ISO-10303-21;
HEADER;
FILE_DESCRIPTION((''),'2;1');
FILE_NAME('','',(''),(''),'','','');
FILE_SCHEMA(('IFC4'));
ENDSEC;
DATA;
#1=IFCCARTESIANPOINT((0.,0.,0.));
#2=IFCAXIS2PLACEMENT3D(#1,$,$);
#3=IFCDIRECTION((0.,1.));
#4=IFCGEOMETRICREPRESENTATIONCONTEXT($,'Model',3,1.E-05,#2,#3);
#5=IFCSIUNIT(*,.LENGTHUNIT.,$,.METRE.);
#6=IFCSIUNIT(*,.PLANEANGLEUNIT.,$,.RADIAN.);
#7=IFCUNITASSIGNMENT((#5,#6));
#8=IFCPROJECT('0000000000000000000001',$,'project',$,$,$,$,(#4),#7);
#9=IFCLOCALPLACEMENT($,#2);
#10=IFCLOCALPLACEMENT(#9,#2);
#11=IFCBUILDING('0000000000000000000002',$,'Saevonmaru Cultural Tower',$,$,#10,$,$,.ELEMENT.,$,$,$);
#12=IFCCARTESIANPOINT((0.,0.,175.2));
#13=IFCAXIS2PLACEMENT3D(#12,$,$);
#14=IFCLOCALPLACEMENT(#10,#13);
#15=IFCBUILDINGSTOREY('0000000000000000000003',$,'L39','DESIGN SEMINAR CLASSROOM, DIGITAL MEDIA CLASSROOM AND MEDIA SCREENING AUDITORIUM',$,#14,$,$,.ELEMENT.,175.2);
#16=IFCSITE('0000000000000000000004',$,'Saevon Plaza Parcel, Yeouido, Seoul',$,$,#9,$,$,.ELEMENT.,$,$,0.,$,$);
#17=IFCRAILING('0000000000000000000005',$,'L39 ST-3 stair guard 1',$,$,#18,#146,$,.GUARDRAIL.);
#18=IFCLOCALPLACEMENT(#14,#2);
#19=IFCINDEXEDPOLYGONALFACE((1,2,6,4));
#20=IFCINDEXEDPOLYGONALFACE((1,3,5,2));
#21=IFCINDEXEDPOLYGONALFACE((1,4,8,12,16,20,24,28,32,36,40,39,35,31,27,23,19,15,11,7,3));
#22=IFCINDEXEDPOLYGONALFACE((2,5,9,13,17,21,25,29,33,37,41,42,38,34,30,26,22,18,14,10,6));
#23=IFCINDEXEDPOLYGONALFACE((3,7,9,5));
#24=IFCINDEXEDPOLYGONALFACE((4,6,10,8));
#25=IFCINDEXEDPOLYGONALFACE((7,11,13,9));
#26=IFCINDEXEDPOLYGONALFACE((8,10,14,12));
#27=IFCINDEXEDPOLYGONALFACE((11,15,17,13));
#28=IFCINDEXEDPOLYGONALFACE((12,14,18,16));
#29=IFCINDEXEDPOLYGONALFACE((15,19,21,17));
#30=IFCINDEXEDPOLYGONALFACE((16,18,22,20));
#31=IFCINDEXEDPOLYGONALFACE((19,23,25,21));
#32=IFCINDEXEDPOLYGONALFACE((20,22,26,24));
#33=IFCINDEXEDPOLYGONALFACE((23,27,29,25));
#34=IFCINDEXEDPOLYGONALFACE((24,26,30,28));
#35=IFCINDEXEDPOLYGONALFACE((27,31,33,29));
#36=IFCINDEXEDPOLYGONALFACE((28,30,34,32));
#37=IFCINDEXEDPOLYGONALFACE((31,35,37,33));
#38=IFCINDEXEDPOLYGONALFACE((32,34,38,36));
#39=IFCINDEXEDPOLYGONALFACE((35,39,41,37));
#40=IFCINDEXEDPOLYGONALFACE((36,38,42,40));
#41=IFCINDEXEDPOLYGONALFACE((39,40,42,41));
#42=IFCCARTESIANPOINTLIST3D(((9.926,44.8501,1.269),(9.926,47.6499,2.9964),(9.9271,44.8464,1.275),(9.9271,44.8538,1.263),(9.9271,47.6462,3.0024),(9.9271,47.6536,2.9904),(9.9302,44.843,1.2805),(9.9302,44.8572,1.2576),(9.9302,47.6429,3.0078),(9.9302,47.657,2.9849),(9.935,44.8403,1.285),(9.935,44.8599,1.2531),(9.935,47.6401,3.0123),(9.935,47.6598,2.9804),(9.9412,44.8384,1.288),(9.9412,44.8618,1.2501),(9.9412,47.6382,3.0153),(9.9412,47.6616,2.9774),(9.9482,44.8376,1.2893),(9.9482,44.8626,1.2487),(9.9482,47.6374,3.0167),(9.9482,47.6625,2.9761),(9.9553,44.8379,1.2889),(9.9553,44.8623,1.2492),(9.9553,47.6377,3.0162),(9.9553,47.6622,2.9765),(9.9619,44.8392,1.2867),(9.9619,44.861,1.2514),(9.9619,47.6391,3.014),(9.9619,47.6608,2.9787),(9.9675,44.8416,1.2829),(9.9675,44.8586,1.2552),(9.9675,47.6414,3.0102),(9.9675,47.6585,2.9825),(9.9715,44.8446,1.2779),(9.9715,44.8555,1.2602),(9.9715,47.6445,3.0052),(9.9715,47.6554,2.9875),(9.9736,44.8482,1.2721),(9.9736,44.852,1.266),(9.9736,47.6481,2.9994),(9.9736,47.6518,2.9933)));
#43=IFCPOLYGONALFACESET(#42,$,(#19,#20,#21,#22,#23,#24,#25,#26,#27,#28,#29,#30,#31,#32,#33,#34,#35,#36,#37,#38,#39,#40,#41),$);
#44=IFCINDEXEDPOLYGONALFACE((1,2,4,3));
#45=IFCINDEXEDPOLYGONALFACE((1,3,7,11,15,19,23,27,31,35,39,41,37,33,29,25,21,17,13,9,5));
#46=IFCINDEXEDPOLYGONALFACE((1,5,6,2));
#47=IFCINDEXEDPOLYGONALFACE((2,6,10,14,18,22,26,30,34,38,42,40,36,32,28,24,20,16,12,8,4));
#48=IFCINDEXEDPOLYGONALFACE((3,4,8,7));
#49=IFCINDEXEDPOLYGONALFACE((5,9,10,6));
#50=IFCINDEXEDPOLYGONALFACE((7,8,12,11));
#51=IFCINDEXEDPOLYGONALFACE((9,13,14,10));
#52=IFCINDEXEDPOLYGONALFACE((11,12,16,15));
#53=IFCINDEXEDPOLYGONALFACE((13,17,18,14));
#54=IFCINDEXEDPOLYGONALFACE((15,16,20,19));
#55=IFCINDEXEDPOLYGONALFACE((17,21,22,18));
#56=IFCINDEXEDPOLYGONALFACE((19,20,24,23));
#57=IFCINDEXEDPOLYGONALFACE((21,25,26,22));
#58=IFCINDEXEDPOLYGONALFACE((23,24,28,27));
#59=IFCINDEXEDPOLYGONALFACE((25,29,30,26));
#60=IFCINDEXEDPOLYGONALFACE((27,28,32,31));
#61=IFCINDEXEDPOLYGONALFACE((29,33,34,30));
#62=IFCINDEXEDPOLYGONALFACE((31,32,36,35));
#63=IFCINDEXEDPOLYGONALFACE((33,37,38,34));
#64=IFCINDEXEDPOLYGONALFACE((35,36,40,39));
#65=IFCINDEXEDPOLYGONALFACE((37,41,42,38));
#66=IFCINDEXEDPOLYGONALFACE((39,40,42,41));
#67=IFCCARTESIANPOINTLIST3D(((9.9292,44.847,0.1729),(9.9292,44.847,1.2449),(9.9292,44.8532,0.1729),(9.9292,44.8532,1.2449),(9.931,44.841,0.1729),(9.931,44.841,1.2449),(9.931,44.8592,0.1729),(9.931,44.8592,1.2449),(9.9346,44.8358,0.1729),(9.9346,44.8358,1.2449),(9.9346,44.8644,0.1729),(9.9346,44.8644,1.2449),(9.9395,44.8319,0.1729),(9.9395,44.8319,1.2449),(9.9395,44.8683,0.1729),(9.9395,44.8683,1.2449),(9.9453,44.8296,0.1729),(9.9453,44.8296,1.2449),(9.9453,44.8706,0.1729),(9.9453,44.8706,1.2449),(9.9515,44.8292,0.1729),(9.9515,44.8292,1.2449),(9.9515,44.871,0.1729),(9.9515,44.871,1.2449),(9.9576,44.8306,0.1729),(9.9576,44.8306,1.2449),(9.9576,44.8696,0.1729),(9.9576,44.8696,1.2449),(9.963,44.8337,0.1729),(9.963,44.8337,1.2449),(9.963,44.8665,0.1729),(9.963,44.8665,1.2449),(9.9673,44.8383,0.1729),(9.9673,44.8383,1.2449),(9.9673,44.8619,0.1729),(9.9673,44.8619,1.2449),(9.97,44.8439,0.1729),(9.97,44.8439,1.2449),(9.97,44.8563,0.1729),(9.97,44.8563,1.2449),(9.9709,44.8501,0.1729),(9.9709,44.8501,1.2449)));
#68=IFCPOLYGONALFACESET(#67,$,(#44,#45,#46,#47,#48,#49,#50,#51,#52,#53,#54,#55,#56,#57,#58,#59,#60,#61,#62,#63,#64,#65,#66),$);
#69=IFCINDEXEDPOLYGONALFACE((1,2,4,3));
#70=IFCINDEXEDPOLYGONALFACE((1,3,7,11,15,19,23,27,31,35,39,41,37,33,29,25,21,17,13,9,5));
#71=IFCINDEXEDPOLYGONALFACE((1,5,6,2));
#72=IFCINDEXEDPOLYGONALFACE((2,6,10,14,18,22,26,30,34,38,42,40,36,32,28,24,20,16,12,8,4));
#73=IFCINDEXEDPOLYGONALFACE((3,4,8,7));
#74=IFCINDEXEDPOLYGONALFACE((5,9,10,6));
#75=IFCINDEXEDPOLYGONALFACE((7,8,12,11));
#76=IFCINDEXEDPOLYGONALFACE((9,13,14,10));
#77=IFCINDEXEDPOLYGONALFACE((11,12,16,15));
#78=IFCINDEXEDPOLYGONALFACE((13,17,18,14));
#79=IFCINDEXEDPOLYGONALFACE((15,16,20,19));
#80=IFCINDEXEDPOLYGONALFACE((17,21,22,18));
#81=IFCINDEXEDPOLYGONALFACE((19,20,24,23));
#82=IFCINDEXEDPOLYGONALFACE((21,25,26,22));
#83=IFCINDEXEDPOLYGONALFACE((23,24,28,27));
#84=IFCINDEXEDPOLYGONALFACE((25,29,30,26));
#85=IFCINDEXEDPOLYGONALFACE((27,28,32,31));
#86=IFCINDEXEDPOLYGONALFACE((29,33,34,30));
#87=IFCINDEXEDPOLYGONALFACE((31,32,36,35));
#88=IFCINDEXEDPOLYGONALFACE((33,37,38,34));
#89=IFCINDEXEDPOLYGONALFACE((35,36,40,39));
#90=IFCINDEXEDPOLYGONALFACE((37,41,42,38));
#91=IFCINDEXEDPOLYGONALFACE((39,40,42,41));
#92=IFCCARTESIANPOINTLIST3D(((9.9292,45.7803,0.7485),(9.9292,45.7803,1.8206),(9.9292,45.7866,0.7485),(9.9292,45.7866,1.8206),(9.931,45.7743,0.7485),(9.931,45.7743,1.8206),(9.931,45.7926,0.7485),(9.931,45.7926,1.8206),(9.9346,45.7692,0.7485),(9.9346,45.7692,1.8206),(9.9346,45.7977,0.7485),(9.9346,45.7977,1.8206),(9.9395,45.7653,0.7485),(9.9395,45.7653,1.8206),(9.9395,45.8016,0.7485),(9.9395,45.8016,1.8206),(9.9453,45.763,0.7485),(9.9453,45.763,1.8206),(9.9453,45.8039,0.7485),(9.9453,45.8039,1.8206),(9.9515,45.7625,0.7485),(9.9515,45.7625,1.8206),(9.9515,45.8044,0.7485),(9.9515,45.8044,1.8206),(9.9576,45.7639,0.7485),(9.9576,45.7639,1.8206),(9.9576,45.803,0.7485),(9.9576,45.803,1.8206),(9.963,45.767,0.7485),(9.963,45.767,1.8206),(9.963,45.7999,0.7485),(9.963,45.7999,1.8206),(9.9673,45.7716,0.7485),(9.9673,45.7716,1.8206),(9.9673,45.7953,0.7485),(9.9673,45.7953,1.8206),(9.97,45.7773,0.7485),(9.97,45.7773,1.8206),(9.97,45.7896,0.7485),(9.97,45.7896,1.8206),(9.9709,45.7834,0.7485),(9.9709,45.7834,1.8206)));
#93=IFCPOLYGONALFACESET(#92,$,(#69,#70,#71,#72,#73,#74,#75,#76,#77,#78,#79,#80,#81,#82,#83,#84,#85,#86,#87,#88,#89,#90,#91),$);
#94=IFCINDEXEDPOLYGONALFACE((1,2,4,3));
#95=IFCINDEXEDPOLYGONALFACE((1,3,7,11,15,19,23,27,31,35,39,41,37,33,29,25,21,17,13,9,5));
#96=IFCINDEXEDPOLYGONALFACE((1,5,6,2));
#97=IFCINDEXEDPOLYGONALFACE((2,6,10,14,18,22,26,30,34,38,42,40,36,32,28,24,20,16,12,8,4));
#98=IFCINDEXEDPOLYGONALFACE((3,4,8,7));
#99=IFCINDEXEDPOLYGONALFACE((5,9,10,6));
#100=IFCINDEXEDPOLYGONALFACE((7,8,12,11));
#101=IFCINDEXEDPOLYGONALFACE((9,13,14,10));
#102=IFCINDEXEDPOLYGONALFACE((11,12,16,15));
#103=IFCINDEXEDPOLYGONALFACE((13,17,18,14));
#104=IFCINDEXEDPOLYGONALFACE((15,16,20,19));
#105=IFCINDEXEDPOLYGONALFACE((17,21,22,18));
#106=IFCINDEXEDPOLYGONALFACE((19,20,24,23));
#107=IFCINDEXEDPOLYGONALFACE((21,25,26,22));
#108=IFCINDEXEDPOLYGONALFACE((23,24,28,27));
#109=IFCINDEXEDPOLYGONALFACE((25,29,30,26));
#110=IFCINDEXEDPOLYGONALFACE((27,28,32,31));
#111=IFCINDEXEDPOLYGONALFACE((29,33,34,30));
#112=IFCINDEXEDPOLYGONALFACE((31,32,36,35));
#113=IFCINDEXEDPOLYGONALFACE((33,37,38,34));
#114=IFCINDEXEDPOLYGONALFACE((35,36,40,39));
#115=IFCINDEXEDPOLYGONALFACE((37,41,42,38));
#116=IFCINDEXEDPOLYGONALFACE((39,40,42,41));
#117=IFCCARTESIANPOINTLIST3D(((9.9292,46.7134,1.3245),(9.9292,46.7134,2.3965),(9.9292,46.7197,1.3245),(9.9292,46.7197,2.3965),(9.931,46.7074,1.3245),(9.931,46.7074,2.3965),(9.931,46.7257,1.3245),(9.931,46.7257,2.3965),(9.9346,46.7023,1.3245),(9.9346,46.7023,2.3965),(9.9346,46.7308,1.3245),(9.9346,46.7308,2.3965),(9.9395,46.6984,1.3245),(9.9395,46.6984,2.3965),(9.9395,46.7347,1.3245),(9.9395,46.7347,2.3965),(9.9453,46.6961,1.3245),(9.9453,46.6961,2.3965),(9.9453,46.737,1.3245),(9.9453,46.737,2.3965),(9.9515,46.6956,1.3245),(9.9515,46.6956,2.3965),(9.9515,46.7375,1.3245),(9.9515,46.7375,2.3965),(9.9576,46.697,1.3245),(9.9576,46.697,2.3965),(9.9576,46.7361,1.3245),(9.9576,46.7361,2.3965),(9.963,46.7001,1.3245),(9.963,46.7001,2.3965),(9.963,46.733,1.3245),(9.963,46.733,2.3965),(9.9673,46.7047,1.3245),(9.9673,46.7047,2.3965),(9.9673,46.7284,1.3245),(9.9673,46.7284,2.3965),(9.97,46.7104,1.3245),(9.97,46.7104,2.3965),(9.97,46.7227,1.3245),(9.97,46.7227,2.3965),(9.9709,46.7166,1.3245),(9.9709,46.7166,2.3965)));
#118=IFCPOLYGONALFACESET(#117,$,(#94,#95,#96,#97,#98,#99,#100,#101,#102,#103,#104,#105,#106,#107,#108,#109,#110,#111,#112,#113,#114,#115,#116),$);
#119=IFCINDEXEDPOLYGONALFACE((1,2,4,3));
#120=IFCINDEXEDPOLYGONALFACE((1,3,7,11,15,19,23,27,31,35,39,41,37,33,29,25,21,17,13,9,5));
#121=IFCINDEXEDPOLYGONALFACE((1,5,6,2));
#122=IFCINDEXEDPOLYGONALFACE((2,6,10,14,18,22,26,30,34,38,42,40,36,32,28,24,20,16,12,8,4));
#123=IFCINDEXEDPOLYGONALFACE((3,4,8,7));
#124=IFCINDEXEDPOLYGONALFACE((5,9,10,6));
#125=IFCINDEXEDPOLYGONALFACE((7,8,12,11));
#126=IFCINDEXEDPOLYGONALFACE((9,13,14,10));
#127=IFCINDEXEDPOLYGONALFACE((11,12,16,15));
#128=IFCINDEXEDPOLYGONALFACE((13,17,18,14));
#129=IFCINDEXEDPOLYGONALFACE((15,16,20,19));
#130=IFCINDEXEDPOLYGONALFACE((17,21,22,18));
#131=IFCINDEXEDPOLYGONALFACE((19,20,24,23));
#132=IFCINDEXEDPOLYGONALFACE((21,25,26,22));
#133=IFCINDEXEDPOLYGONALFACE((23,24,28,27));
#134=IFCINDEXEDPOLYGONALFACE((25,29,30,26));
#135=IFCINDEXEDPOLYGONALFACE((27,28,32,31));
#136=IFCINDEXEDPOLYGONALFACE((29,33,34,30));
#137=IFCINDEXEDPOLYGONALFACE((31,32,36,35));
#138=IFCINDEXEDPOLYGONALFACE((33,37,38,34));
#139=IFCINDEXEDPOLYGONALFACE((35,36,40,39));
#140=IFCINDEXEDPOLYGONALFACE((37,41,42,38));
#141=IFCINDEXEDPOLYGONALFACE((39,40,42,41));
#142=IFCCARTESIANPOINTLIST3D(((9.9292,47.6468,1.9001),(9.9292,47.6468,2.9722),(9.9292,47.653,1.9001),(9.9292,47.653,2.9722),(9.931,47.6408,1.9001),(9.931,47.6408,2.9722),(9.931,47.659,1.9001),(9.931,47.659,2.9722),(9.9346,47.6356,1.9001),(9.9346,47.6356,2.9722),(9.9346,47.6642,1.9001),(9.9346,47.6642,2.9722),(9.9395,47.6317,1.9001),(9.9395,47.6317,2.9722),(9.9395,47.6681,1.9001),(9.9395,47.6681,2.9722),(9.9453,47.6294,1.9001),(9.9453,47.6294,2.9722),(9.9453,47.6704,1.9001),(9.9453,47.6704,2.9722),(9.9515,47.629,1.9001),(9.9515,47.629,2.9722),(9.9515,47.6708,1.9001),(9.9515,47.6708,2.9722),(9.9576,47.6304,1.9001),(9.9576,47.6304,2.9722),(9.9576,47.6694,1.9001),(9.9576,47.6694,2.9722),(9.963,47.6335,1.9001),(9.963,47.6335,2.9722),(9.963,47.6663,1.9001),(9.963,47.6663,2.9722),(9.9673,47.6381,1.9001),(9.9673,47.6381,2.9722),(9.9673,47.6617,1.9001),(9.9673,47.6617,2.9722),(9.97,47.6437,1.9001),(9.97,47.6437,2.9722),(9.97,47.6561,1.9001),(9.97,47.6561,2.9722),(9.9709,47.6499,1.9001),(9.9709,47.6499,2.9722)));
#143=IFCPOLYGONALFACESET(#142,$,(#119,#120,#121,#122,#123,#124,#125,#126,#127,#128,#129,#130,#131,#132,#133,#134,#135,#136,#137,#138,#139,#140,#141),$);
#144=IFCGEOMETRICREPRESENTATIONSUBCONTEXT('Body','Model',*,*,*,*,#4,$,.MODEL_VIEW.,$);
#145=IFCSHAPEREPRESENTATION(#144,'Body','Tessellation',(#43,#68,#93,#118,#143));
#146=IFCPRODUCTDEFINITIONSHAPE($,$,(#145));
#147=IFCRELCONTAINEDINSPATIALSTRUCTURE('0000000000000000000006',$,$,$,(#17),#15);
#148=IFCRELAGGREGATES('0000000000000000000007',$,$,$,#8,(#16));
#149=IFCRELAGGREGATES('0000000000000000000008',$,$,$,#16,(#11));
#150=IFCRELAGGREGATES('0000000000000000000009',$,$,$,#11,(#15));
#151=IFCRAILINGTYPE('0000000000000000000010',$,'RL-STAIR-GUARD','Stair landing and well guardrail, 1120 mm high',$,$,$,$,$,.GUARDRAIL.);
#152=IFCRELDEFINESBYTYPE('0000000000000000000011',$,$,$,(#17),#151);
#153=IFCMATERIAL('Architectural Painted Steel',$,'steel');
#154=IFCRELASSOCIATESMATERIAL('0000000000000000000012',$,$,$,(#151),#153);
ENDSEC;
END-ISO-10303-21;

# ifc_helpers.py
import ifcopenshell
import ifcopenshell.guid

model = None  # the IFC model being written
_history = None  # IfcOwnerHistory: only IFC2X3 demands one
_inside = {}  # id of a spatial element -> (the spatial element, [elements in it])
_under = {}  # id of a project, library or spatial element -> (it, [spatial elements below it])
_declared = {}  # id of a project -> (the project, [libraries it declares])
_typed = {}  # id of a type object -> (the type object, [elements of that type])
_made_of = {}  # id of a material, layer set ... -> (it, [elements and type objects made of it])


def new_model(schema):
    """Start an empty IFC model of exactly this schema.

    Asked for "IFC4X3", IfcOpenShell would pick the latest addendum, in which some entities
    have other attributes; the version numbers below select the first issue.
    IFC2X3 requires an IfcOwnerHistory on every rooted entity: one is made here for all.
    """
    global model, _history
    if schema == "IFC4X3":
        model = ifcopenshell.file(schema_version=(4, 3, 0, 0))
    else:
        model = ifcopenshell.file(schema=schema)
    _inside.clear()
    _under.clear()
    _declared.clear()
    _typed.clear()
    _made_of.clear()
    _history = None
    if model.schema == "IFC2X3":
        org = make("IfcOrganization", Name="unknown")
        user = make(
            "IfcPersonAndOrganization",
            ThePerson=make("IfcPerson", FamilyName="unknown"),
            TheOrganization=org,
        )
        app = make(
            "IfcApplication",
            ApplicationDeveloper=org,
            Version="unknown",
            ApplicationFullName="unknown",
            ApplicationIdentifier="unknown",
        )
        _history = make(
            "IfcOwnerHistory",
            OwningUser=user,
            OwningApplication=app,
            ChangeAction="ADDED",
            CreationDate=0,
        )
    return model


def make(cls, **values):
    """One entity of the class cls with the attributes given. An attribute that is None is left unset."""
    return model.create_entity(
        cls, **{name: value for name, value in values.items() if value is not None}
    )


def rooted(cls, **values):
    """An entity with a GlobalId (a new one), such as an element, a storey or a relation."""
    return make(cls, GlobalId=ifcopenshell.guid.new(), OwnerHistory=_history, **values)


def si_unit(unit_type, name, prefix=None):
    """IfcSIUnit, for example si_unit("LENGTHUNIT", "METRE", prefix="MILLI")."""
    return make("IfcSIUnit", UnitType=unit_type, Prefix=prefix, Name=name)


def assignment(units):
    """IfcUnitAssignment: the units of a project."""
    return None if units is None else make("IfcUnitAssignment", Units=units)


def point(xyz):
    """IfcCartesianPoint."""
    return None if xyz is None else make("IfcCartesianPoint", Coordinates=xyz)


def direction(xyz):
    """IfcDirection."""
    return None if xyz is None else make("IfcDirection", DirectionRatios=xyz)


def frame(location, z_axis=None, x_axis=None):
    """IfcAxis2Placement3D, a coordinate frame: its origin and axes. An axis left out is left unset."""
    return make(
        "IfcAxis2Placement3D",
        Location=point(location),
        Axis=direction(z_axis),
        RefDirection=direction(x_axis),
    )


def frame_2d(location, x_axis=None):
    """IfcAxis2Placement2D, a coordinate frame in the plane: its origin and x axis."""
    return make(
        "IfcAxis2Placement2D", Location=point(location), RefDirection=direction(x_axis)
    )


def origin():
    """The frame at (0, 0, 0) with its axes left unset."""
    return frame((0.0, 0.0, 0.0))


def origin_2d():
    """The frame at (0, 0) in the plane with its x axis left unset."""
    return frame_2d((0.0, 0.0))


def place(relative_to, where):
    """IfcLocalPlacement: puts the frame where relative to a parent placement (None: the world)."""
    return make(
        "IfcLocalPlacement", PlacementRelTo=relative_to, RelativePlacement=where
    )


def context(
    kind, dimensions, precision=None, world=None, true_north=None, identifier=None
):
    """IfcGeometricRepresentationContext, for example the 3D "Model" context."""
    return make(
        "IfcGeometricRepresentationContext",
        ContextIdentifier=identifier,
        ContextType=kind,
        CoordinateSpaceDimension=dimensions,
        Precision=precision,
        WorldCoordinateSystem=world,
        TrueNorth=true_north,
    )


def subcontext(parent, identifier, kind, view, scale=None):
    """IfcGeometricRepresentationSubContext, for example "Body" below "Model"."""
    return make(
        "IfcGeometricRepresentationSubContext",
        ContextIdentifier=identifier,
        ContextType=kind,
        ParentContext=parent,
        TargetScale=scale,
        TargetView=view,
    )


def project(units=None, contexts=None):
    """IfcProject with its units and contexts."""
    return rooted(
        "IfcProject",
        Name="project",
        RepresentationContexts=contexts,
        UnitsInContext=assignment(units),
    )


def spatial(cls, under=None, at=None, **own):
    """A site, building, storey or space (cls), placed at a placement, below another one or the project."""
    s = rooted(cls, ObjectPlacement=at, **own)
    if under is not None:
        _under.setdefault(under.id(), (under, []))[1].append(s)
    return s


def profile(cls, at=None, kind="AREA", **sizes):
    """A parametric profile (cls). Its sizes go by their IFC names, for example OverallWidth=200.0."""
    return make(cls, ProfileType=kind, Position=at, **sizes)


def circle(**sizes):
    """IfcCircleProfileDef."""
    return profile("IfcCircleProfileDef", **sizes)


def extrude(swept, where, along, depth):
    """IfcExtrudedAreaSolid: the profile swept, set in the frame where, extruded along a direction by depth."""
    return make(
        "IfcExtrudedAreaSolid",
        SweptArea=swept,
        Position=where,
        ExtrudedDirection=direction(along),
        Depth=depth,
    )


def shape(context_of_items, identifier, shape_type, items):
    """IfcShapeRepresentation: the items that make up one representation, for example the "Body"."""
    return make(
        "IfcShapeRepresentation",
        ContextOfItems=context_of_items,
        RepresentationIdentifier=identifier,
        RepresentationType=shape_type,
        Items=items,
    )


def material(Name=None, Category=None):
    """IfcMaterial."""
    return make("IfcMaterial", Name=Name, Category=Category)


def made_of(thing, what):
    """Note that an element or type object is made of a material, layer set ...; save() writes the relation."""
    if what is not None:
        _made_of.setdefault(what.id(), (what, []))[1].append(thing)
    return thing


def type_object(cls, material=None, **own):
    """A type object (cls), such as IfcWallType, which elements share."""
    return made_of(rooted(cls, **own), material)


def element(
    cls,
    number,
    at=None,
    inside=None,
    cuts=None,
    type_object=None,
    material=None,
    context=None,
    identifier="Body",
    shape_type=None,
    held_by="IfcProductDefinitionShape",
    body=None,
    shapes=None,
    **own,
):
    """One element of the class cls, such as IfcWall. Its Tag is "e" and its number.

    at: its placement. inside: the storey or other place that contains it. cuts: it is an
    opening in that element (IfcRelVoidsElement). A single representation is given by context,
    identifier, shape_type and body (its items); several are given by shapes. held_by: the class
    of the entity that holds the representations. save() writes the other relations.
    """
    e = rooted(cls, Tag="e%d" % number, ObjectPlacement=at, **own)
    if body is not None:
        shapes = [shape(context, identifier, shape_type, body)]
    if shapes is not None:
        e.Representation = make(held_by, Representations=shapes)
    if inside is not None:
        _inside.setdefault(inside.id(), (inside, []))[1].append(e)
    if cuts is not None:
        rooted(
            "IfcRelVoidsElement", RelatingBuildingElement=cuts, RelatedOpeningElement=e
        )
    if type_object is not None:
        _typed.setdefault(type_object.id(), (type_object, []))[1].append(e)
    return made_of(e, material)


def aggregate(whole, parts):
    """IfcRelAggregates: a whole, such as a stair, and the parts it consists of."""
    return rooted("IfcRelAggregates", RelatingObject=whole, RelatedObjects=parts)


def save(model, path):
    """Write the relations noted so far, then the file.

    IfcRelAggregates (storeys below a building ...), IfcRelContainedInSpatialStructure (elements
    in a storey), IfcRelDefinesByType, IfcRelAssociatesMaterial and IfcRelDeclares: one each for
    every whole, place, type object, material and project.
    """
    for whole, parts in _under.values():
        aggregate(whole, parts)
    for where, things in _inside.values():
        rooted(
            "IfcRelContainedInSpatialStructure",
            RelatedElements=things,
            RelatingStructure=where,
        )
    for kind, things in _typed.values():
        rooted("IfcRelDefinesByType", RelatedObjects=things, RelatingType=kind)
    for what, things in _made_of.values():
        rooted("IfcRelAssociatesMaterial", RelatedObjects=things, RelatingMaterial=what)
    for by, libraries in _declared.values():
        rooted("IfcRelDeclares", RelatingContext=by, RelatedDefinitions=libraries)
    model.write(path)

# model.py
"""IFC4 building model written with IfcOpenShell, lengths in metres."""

from ifc_helpers import new_model, si_unit, direction, frame, origin, origin_2d, place, context, subcontext, project, spatial, circle, extrude, material, type_object, element, save


model = new_model("IFC4")

# Units and contexts
model_context = context("Model", 3, precision=1e-05, world=origin(), true_north=direction((0.0, 1.0)))
body_context = subcontext(model_context, "Body", "Model", "MODEL_VIEW")
ifc_project = project(units=[si_unit("LENGTHUNIT", "METRE"), si_unit("PLANEANGLEUNIT", "RADIAN")], contexts=[model_context])

# Site, building, storey
site_placement = place(None, origin())
site = spatial("IfcSite", under=ifc_project, at=site_placement, Name="Saevon Plaza Parcel, Yeouido, Seoul", CompositionType="ELEMENT", RefElevation=0.0)
building_placement = place(site_placement, origin())
building = spatial("IfcBuilding", under=site, at=building_placement, Name="Saevonmaru Cultural Tower", CompositionType="ELEMENT")
storey_placement = place(building_placement, frame((0.0, 0.0, 175.2)))
storey = spatial("IfcBuildingStorey", under=building, at=storey_placement, Name="L39", Description="DESIGN SEMINAR CLASSROOM, DIGITAL MEDIA CLASSROOM AND MEDIA SCREENING AUDITORIUM", CompositionType="ELEMENT", Elevation=175.2)

# Railing
ifc_material_1 = material(Name="Architectural Painted Steel", Category="steel")
railing_type_1 = type_object("IfcRailingType", Name="RL-STAIR-GUARD", Description="Stair landing and well guardrail, 1120 mm high", PredefinedType="GUARDRAIL", material=ifc_material_1)
railing_1_placement = place(storey_placement, frame((9.95, 44.8501, 0.1729)))
element("IfcRailing", 1, at=railing_1_placement, inside=storey, type_object=railing_type_1, Name="L39 ST-3 stair guard 1", PredefinedType="GUARDRAIL", context=body_context, shape_type="SweptSolid", body=[
    extrude(circle(Radius=0.0239, at=origin_2d()), frame((0.0, 0.0, 1.0962), z_axis=(0.0, 0.851069, 0.525054), x_axis=(-1.0, 0.0, 0.0)), (0.0, 0.0, 1.0), 3.2898),
    extrude(circle(Radius=0.021, at=origin_2d()), origin(), (0.0, 0.0, 1.0), 1.072),
    extrude(circle(Radius=0.021, at=origin_2d()), frame((0.0, 0.9333, 0.5757)), (0.0, 0.0, 1.0), 1.072),
    extrude(circle(Radius=0.021, at=origin_2d()), frame((0.0, 1.8665, 1.1516)), (0.0, 0.0, 1.0), 1.072),
    extrude(circle(Radius=0.021, at=origin_2d()), frame((0.0, 2.7998, 1.7273)), (0.0, 0.0, 1.0), 1.072),
])

save(model, "model.ifc")
